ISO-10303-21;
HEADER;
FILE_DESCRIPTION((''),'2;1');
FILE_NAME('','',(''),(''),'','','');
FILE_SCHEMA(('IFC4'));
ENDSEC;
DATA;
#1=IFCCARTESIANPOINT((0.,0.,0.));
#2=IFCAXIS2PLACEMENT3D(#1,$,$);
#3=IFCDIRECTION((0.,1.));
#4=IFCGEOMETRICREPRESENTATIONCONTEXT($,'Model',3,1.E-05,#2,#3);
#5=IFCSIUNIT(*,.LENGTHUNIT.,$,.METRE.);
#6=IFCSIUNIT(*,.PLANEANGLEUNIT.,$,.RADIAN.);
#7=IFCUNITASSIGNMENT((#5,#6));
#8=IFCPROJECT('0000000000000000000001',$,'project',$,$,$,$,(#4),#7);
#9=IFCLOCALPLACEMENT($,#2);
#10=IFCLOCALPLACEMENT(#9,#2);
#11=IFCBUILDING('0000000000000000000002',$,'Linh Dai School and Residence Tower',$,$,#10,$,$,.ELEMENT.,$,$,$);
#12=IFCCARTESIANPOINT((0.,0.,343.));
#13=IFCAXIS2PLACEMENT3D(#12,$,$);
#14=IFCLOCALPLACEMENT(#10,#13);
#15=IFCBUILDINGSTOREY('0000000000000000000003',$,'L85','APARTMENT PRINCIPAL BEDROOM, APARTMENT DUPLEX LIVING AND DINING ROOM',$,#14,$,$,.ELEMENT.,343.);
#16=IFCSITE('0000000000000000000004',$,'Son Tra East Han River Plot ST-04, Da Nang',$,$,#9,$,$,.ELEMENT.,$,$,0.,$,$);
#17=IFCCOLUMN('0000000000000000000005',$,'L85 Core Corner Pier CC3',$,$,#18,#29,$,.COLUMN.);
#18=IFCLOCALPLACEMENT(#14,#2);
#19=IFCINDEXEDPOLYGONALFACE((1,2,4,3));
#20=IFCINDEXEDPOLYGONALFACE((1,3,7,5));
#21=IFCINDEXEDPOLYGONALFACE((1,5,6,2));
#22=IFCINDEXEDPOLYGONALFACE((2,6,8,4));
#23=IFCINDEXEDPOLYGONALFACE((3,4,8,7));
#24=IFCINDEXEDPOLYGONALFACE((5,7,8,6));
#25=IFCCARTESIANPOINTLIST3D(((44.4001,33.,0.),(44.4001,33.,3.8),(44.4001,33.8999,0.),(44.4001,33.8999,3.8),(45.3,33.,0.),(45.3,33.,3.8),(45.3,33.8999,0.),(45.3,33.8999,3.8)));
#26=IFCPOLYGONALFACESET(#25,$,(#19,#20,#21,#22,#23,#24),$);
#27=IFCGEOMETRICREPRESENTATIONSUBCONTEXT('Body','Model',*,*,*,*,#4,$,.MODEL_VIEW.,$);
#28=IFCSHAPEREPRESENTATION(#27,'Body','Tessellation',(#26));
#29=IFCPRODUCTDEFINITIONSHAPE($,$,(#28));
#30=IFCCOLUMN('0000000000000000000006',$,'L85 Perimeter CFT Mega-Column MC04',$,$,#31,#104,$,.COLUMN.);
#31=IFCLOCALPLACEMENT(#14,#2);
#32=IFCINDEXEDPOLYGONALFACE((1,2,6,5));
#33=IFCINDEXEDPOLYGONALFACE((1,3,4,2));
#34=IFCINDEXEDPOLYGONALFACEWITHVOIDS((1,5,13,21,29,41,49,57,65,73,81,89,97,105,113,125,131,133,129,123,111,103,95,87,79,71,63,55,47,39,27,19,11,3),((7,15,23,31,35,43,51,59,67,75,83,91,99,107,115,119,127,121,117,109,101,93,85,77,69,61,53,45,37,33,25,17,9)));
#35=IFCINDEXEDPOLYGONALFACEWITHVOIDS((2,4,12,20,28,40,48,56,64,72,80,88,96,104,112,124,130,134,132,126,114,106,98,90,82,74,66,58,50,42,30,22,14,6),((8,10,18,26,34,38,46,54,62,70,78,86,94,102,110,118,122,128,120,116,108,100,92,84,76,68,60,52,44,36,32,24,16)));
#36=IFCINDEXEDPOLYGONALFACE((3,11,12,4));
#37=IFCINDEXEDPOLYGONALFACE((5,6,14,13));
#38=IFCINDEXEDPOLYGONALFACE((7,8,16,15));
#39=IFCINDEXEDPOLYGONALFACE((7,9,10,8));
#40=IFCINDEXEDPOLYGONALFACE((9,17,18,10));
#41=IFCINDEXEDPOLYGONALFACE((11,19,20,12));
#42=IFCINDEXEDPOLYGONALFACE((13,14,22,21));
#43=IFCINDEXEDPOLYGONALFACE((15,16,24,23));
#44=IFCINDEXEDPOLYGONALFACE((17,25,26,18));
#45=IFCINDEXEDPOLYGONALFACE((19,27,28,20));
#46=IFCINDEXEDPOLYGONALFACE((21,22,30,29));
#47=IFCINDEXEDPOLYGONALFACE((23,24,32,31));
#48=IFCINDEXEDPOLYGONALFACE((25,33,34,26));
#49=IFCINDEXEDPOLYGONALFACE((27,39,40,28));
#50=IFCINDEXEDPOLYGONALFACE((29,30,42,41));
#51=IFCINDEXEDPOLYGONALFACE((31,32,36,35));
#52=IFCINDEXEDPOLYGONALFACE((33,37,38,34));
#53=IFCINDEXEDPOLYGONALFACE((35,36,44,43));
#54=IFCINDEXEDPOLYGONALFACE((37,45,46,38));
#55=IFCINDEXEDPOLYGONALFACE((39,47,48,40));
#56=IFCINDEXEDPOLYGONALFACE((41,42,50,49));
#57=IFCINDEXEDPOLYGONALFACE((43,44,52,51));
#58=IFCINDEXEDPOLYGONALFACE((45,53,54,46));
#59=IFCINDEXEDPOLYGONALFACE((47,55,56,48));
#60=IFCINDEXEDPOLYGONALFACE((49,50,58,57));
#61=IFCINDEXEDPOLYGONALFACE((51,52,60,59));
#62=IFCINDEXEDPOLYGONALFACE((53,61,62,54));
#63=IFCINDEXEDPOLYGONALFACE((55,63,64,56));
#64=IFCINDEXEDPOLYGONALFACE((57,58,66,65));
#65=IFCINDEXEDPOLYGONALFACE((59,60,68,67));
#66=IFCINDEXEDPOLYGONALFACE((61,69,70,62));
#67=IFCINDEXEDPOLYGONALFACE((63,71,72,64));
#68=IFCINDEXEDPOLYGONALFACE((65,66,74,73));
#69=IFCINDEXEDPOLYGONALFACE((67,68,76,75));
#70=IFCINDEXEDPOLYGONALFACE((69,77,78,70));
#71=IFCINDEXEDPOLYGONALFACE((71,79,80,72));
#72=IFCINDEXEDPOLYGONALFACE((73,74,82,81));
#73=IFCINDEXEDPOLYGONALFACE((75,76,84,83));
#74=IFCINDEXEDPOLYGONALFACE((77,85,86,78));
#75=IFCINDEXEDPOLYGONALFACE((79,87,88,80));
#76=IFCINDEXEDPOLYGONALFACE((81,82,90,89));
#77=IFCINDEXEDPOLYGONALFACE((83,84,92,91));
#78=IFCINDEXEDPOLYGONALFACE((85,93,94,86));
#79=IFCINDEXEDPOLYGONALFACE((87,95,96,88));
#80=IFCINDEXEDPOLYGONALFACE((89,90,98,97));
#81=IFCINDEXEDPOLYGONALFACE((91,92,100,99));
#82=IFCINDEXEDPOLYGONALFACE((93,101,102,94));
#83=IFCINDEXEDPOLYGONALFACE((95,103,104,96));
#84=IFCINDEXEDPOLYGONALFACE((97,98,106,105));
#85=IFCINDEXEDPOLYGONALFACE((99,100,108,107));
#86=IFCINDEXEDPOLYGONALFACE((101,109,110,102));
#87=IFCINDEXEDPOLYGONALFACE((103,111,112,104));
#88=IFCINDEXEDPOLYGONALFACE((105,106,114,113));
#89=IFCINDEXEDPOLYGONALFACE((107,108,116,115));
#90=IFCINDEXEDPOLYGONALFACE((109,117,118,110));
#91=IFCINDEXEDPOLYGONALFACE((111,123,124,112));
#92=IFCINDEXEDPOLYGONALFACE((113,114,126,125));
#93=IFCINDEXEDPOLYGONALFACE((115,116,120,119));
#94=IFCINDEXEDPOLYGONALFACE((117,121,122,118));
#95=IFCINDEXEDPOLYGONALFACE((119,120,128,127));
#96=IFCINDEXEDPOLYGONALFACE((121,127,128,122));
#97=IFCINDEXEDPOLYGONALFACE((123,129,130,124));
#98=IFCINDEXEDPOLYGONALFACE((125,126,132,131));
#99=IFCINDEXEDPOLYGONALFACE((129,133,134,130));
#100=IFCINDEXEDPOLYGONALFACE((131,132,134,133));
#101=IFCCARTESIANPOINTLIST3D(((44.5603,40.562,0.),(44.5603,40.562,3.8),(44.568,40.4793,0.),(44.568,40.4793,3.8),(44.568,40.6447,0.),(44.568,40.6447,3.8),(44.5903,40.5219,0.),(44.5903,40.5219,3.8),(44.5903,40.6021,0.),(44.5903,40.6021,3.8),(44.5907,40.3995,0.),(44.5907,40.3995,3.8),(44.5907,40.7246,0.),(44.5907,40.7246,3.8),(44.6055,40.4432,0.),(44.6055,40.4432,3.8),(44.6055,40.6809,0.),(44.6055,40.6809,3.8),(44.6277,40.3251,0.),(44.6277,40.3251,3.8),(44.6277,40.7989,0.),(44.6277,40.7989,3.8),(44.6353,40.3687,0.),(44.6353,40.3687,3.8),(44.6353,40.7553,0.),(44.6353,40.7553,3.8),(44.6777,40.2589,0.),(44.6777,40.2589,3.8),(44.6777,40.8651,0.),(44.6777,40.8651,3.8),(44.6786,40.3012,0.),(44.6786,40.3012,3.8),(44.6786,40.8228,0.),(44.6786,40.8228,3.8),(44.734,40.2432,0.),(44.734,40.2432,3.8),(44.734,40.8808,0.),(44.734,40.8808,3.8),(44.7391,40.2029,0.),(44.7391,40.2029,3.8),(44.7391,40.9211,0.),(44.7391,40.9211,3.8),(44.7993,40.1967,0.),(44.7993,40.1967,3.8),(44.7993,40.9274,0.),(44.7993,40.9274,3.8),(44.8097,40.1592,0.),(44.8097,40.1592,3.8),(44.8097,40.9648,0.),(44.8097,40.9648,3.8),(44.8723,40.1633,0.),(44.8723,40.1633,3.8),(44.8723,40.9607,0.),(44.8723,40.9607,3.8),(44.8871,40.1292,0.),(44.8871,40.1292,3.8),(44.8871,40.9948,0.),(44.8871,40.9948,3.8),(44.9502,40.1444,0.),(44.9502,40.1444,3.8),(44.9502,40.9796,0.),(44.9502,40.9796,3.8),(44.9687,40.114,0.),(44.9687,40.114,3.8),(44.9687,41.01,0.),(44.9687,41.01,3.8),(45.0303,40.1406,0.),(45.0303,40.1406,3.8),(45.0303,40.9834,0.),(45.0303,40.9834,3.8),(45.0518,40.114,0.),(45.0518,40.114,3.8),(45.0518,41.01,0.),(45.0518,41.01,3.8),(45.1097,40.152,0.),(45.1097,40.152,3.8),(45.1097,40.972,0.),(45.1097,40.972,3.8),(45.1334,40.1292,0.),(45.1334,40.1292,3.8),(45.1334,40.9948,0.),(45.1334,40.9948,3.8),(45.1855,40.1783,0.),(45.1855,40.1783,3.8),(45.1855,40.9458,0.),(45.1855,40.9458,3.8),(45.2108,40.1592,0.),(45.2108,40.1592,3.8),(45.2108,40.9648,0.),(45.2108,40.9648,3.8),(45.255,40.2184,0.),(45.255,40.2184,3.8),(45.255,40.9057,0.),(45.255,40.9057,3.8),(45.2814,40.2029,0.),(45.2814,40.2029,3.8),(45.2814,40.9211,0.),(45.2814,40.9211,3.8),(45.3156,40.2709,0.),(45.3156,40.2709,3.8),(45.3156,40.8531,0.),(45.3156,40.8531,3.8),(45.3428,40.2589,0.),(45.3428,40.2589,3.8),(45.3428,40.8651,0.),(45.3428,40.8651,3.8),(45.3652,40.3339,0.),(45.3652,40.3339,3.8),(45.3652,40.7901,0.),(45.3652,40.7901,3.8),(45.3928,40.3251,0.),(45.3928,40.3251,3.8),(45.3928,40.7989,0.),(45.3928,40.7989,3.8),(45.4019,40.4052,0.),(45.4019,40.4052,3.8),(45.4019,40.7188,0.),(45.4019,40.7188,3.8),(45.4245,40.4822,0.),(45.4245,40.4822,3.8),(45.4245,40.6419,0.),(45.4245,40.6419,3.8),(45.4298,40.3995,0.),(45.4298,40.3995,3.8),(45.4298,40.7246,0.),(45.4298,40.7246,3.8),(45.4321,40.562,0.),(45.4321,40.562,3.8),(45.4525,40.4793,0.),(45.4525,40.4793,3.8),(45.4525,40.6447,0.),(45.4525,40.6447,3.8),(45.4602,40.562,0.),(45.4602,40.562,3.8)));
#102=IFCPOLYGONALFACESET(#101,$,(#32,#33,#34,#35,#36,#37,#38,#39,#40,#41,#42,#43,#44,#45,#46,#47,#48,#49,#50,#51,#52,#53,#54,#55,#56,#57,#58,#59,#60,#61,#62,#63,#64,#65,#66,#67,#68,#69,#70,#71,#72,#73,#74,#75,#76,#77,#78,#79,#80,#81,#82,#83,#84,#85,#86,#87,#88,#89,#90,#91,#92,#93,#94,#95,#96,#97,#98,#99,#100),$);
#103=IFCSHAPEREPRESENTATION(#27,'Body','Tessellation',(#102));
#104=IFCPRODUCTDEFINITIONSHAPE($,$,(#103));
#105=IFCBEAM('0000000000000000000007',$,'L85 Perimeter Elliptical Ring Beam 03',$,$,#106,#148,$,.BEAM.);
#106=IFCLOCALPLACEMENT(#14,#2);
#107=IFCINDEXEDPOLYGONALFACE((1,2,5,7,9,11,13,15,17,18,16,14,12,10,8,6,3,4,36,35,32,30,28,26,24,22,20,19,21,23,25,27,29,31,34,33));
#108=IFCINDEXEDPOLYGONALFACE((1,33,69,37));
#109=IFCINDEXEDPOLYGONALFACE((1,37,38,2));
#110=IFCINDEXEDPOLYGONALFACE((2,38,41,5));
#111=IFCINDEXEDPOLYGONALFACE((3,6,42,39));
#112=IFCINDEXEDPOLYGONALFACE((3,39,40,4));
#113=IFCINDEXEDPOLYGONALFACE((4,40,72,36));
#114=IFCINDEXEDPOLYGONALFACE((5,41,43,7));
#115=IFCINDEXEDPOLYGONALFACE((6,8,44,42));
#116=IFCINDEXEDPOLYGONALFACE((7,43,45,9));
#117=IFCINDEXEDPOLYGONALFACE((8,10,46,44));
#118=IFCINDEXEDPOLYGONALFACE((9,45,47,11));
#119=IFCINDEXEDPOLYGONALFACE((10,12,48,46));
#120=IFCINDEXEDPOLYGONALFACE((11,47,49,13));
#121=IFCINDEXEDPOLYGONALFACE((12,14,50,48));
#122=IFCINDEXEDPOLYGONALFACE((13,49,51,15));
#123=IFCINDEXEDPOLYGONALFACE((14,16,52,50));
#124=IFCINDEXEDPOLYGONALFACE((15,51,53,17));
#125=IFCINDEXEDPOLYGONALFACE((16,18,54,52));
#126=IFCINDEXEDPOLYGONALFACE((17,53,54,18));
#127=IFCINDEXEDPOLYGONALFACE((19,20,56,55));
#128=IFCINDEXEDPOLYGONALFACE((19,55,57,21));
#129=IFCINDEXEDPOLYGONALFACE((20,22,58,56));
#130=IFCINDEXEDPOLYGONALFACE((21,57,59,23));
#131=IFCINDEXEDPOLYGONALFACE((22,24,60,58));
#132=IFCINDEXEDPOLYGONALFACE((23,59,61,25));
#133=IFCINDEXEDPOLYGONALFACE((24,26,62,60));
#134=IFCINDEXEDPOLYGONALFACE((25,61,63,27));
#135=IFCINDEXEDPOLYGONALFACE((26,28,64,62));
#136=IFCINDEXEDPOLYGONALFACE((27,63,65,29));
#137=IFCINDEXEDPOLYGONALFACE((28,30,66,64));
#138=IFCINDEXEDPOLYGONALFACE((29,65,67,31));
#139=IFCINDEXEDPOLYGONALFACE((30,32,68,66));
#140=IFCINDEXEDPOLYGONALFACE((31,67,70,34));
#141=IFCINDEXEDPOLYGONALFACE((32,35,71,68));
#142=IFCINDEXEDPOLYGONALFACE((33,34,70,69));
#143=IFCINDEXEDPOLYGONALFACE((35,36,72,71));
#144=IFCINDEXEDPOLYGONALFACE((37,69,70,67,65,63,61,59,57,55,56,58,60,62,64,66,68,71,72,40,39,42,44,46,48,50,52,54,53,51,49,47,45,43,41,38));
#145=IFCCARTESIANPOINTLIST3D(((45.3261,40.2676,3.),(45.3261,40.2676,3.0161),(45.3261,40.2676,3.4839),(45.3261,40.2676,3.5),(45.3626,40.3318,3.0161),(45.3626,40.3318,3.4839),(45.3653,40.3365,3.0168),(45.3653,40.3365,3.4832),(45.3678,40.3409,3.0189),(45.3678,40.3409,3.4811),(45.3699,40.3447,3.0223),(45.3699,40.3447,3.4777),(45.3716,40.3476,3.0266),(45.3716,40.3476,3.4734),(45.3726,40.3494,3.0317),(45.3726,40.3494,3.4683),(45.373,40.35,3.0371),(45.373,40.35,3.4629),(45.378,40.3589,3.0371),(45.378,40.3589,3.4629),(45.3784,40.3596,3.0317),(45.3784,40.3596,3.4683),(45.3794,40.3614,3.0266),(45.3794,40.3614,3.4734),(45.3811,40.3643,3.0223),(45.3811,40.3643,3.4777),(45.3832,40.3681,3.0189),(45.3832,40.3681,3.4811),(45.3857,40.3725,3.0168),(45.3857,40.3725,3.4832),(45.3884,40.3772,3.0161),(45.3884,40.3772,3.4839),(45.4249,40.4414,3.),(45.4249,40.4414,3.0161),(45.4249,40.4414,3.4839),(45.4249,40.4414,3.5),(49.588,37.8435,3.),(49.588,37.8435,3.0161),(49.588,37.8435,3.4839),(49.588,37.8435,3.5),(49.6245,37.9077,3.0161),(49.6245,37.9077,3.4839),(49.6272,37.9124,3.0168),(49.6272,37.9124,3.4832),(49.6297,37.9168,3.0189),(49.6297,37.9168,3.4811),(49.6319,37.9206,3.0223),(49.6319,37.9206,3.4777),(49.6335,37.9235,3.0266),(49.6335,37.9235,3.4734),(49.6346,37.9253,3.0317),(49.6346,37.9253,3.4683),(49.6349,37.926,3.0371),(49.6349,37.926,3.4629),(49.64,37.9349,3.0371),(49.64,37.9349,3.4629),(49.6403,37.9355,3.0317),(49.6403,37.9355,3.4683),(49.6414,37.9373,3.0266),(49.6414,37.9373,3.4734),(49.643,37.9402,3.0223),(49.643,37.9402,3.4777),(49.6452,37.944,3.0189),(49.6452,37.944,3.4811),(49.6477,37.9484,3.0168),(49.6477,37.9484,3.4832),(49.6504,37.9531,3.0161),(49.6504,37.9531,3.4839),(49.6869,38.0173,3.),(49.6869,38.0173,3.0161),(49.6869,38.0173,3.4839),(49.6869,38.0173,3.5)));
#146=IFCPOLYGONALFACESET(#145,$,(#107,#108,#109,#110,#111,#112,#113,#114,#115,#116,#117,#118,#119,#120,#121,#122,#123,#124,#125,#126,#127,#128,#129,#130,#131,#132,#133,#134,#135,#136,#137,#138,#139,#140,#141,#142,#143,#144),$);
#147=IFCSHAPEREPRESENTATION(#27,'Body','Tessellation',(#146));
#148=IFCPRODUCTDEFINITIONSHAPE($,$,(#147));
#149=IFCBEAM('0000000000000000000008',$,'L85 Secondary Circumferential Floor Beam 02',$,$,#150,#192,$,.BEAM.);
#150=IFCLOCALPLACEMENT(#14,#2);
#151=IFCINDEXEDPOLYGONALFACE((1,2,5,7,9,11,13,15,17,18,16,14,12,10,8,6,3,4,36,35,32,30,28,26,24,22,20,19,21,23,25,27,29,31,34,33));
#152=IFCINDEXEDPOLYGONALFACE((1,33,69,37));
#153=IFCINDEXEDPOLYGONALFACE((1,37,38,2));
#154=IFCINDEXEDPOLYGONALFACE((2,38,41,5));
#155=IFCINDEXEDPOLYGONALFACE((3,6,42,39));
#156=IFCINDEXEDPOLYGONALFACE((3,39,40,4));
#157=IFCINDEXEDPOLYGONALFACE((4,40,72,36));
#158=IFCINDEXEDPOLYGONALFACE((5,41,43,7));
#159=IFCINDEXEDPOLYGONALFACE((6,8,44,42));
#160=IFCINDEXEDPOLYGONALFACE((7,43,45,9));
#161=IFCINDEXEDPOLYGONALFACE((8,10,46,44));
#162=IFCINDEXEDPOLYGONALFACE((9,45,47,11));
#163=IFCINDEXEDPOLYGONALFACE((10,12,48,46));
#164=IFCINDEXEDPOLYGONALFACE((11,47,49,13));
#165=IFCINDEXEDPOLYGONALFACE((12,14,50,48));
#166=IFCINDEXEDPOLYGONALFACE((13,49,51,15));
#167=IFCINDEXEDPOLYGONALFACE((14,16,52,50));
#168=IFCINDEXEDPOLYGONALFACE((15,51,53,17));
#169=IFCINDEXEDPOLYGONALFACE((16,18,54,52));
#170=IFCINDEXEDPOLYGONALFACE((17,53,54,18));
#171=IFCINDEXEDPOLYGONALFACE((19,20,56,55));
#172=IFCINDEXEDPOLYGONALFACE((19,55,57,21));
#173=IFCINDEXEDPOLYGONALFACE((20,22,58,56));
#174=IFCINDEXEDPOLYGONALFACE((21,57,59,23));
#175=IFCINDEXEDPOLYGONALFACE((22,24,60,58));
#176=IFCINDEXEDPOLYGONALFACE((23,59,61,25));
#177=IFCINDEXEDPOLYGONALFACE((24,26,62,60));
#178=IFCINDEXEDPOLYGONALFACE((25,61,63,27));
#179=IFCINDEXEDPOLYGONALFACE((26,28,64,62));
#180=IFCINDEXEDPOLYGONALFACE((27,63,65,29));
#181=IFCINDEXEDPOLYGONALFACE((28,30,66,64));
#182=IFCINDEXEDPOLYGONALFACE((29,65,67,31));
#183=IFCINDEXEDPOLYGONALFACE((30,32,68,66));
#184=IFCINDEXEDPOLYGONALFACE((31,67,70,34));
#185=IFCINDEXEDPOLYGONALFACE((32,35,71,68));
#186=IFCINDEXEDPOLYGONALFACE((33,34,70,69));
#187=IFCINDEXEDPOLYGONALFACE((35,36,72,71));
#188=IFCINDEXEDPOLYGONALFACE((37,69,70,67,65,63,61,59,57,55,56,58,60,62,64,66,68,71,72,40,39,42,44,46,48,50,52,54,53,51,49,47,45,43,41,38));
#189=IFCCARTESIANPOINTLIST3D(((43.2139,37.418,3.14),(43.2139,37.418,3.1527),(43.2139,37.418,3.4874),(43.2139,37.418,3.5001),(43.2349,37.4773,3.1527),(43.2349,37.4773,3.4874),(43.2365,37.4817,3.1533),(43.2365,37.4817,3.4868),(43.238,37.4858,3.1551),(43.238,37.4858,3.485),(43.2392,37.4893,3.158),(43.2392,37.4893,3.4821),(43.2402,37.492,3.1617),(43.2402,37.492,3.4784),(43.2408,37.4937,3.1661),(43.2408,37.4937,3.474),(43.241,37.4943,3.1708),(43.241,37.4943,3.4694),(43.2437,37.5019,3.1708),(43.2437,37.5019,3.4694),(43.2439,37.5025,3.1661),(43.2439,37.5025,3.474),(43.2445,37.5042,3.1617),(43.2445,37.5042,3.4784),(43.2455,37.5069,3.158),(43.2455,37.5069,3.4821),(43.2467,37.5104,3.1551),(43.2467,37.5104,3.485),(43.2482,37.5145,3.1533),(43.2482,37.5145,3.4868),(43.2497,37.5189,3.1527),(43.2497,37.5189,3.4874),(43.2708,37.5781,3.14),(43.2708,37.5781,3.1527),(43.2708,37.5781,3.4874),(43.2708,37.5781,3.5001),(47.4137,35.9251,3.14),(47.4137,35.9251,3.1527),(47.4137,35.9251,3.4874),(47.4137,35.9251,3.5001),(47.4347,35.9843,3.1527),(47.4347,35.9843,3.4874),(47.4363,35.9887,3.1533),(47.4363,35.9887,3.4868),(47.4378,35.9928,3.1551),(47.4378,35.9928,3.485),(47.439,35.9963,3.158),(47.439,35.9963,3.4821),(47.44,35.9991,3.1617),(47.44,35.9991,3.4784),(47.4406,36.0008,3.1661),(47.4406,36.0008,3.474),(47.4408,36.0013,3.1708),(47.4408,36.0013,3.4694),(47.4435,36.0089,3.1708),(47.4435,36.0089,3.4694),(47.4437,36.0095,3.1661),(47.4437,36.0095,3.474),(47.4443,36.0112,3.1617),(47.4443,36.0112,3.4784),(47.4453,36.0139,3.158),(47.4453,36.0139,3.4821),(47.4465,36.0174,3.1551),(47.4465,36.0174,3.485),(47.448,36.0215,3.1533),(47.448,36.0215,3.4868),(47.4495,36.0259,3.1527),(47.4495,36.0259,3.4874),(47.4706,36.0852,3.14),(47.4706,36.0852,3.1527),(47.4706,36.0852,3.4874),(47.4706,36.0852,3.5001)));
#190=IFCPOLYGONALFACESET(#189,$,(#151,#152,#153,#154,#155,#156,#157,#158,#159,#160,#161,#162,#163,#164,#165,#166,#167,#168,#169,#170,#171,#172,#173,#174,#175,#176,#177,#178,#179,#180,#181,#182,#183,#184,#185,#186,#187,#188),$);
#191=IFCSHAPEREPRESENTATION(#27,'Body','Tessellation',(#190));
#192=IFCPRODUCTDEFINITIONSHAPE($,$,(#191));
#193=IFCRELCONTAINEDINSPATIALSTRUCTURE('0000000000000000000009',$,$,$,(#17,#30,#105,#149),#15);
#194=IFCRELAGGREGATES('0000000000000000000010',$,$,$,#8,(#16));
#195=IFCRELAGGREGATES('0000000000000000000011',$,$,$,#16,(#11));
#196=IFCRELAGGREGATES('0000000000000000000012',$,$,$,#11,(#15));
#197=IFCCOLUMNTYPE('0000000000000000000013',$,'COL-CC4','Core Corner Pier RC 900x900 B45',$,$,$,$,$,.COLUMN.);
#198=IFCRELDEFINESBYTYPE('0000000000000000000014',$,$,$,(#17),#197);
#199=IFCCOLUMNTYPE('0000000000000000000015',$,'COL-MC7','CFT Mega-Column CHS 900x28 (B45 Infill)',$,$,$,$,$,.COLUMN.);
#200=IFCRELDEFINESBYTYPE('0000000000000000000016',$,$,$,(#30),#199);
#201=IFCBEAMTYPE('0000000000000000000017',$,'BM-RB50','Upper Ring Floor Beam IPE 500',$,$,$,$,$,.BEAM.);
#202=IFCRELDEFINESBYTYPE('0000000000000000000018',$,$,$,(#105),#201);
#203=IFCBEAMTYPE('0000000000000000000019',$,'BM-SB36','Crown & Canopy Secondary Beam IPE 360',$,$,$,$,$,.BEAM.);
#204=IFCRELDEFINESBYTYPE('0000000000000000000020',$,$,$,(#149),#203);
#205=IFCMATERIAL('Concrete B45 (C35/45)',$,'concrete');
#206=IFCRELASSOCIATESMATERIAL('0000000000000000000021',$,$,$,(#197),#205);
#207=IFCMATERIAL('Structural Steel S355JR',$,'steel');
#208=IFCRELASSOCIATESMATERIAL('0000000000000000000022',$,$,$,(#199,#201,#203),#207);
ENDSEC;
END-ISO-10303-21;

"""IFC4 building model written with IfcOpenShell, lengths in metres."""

from ifc_helpers import new_model, si_unit, direction, frame, origin, origin_2d, place, context, subcontext, project, spatial, rectangle, hollow_circle, i_section, extrude, material, material_profile, profile_set, type_object, element, save


model = new_model("IFC4")

# Units and contexts
model_context = context("Model", 3, precision=1e-05, world=origin(), true_north=direction((0.0, 1.0)))
body_context = subcontext(model_context, "Body", "Model", "MODEL_VIEW")
ifc_project = project(units=[si_unit("LENGTHUNIT", "METRE"), si_unit("PLANEANGLEUNIT", "RADIAN")], contexts=[model_context])

# Site, building, storey
site_placement = place(None, origin())
site = spatial("IfcSite", under=ifc_project, at=site_placement, Name="Son Tra East Han River Plot ST-04, Da Nang", CompositionType="ELEMENT", RefElevation=0.0)
building_placement = place(site_placement, origin())
building = spatial("IfcBuilding", under=site, at=building_placement, Name="Linh Dai School and Residence Tower", CompositionType="ELEMENT")
storey_placement = place(building_placement, frame((0.0, 0.0, 343.0)))
storey = spatial("IfcBuildingStorey", under=building, at=storey_placement, Name="L85", Description="APARTMENT PRINCIPAL BEDROOM, APARTMENT DUPLEX LIVING AND DINING ROOM", CompositionType="ELEMENT", Elevation=343.0)

# Columns
ifc_material_1 = material(Name="Concrete B45 (C35/45)", Category="concrete")
ifc_material_profile_1 = material_profile(ifc_material_1, rectangle(XDim=0.8999, YDim=0.8999, at=origin_2d()), Name="RC 900x900")
ifc_profile_set_1 = profile_set([ifc_material_profile_1], Name="Concrete B45 (C35/45)")
column_type_1 = type_object("IfcColumnType", Name="COL-CC4", Description="Core Corner Pier RC 900x900 B45", PredefinedType="COLUMN", material=ifc_profile_set_1)
column_1_placement = place(storey_placement, frame((44.8501, 33.45, 0.0), z_axis=(0.0, 0.0, 1.0), x_axis=(1.0, 0.0, 0.0)))
element("IfcColumn", 1, at=column_1_placement, inside=storey, type_object=column_type_1, Name="L85 Core Corner Pier CC3", PredefinedType="COLUMN", context=body_context, shape_type="SweptSolid", body=[
    extrude(rectangle(XDim=0.8999, YDim=0.8999, at=origin_2d()), origin(), (0.0, 0.0, 1.0), 3.8),
])
ifc_material_2 = material(Name="Structural Steel S355JR", Category="steel")
ifc_material_profile_2 = material_profile(ifc_material_2, hollow_circle(Radius=0.45, WallThickness=0.0281, at=origin_2d()), Name="CHS 900x28")
ifc_profile_set_2 = profile_set([ifc_material_profile_2], Name="Structural Steel S355JR")
column_type_2 = type_object("IfcColumnType", Name="COL-MC7", Description="CFT Mega-Column CHS 900x28 (B45 Infill)", PredefinedType="COLUMN", material=ifc_profile_set_2)
column_2_placement = place(storey_placement, frame((45.0103, 40.562, 0.0), z_axis=(0.0, 0.0, 1.0), x_axis=(1.0, 0.0, 0.0)))
element("IfcColumn", 2, at=column_2_placement, inside=storey, type_object=column_type_2, Name="L85 Perimeter CFT Mega-Column MC04", PredefinedType="COLUMN", context=body_context, shape_type="SweptSolid", body=[
    extrude(hollow_circle(Radius=0.45, WallThickness=0.0281, at=origin_2d()), origin(), (0.0, 0.0, 1.0), 3.8),
])

# Beams
ifc_material_profile_3 = material_profile(ifc_material_2, i_section(OverallWidth=0.2, OverallDepth=0.5, WebThickness=0.0103, FlangeThickness=0.0161, FilletRadius=0.021, at=origin_2d()), Name="IPE 500")
ifc_profile_set_3 = profile_set([ifc_material_profile_3], Name="Structural Steel S355JR")
beam_type_1 = type_object("IfcBeamType", Name="BM-RB50", Description="Upper Ring Floor Beam IPE 500", PredefinedType="BEAM", material=ifc_profile_set_3)
beam_1_placement = place(storey_placement, frame((49.6375, 37.9304, 3.25), z_axis=(-0.869237, 0.494395, 0.0), x_axis=(-0.494395, -0.869237, 0.0)))
element("IfcBeam", 3, at=beam_1_placement, inside=storey, type_object=beam_type_1, Name="L85 Perimeter Elliptical Ring Beam 03", PredefinedType="BEAM", context=body_context, shape_type="SweptSolid", body=[
    extrude(i_section(OverallWidth=0.2, OverallDepth=0.5, WebThickness=0.0103, FlangeThickness=0.0161, FilletRadius=0.021, at=origin_2d()), origin(), (0.0, 0.0, 1.0), 4.9031),
])
ifc_material_profile_4 = material_profile(ifc_material_2, i_section(OverallWidth=0.1699, OverallDepth=0.3601, WebThickness=0.0081, FlangeThickness=0.0127, FilletRadius=0.0181, at=origin_2d()), Name="IPE 360")
ifc_profile_set_4 = profile_set([ifc_material_profile_4], Name="Structural Steel S355JR")
beam_type_2 = type_object("IfcBeamType", Name="BM-SB36", Description="Crown & Canopy Secondary Beam IPE 360", PredefinedType="BEAM", material=ifc_profile_set_4)
beam_2_placement = place(storey_placement, frame((47.4421, 36.0051, 3.3201), z_axis=(-0.942237, 0.334948, 0.0), x_axis=(-0.334948, -0.942237, 0.0)))
element("IfcBeam", 4, at=beam_2_placement, inside=storey, type_object=beam_type_2, Name="L85 Secondary Circumferential Floor Beam 02", PredefinedType="BEAM", context=body_context, shape_type="SweptSolid", body=[
    extrude(i_section(OverallWidth=0.1699, OverallDepth=0.3601, WebThickness=0.0081, FlangeThickness=0.0127, FilletRadius=0.0181, at=origin_2d()), origin(), (0.0, 0.0, 1.0), 4.4573),
])

save(model, "model.ifc")
